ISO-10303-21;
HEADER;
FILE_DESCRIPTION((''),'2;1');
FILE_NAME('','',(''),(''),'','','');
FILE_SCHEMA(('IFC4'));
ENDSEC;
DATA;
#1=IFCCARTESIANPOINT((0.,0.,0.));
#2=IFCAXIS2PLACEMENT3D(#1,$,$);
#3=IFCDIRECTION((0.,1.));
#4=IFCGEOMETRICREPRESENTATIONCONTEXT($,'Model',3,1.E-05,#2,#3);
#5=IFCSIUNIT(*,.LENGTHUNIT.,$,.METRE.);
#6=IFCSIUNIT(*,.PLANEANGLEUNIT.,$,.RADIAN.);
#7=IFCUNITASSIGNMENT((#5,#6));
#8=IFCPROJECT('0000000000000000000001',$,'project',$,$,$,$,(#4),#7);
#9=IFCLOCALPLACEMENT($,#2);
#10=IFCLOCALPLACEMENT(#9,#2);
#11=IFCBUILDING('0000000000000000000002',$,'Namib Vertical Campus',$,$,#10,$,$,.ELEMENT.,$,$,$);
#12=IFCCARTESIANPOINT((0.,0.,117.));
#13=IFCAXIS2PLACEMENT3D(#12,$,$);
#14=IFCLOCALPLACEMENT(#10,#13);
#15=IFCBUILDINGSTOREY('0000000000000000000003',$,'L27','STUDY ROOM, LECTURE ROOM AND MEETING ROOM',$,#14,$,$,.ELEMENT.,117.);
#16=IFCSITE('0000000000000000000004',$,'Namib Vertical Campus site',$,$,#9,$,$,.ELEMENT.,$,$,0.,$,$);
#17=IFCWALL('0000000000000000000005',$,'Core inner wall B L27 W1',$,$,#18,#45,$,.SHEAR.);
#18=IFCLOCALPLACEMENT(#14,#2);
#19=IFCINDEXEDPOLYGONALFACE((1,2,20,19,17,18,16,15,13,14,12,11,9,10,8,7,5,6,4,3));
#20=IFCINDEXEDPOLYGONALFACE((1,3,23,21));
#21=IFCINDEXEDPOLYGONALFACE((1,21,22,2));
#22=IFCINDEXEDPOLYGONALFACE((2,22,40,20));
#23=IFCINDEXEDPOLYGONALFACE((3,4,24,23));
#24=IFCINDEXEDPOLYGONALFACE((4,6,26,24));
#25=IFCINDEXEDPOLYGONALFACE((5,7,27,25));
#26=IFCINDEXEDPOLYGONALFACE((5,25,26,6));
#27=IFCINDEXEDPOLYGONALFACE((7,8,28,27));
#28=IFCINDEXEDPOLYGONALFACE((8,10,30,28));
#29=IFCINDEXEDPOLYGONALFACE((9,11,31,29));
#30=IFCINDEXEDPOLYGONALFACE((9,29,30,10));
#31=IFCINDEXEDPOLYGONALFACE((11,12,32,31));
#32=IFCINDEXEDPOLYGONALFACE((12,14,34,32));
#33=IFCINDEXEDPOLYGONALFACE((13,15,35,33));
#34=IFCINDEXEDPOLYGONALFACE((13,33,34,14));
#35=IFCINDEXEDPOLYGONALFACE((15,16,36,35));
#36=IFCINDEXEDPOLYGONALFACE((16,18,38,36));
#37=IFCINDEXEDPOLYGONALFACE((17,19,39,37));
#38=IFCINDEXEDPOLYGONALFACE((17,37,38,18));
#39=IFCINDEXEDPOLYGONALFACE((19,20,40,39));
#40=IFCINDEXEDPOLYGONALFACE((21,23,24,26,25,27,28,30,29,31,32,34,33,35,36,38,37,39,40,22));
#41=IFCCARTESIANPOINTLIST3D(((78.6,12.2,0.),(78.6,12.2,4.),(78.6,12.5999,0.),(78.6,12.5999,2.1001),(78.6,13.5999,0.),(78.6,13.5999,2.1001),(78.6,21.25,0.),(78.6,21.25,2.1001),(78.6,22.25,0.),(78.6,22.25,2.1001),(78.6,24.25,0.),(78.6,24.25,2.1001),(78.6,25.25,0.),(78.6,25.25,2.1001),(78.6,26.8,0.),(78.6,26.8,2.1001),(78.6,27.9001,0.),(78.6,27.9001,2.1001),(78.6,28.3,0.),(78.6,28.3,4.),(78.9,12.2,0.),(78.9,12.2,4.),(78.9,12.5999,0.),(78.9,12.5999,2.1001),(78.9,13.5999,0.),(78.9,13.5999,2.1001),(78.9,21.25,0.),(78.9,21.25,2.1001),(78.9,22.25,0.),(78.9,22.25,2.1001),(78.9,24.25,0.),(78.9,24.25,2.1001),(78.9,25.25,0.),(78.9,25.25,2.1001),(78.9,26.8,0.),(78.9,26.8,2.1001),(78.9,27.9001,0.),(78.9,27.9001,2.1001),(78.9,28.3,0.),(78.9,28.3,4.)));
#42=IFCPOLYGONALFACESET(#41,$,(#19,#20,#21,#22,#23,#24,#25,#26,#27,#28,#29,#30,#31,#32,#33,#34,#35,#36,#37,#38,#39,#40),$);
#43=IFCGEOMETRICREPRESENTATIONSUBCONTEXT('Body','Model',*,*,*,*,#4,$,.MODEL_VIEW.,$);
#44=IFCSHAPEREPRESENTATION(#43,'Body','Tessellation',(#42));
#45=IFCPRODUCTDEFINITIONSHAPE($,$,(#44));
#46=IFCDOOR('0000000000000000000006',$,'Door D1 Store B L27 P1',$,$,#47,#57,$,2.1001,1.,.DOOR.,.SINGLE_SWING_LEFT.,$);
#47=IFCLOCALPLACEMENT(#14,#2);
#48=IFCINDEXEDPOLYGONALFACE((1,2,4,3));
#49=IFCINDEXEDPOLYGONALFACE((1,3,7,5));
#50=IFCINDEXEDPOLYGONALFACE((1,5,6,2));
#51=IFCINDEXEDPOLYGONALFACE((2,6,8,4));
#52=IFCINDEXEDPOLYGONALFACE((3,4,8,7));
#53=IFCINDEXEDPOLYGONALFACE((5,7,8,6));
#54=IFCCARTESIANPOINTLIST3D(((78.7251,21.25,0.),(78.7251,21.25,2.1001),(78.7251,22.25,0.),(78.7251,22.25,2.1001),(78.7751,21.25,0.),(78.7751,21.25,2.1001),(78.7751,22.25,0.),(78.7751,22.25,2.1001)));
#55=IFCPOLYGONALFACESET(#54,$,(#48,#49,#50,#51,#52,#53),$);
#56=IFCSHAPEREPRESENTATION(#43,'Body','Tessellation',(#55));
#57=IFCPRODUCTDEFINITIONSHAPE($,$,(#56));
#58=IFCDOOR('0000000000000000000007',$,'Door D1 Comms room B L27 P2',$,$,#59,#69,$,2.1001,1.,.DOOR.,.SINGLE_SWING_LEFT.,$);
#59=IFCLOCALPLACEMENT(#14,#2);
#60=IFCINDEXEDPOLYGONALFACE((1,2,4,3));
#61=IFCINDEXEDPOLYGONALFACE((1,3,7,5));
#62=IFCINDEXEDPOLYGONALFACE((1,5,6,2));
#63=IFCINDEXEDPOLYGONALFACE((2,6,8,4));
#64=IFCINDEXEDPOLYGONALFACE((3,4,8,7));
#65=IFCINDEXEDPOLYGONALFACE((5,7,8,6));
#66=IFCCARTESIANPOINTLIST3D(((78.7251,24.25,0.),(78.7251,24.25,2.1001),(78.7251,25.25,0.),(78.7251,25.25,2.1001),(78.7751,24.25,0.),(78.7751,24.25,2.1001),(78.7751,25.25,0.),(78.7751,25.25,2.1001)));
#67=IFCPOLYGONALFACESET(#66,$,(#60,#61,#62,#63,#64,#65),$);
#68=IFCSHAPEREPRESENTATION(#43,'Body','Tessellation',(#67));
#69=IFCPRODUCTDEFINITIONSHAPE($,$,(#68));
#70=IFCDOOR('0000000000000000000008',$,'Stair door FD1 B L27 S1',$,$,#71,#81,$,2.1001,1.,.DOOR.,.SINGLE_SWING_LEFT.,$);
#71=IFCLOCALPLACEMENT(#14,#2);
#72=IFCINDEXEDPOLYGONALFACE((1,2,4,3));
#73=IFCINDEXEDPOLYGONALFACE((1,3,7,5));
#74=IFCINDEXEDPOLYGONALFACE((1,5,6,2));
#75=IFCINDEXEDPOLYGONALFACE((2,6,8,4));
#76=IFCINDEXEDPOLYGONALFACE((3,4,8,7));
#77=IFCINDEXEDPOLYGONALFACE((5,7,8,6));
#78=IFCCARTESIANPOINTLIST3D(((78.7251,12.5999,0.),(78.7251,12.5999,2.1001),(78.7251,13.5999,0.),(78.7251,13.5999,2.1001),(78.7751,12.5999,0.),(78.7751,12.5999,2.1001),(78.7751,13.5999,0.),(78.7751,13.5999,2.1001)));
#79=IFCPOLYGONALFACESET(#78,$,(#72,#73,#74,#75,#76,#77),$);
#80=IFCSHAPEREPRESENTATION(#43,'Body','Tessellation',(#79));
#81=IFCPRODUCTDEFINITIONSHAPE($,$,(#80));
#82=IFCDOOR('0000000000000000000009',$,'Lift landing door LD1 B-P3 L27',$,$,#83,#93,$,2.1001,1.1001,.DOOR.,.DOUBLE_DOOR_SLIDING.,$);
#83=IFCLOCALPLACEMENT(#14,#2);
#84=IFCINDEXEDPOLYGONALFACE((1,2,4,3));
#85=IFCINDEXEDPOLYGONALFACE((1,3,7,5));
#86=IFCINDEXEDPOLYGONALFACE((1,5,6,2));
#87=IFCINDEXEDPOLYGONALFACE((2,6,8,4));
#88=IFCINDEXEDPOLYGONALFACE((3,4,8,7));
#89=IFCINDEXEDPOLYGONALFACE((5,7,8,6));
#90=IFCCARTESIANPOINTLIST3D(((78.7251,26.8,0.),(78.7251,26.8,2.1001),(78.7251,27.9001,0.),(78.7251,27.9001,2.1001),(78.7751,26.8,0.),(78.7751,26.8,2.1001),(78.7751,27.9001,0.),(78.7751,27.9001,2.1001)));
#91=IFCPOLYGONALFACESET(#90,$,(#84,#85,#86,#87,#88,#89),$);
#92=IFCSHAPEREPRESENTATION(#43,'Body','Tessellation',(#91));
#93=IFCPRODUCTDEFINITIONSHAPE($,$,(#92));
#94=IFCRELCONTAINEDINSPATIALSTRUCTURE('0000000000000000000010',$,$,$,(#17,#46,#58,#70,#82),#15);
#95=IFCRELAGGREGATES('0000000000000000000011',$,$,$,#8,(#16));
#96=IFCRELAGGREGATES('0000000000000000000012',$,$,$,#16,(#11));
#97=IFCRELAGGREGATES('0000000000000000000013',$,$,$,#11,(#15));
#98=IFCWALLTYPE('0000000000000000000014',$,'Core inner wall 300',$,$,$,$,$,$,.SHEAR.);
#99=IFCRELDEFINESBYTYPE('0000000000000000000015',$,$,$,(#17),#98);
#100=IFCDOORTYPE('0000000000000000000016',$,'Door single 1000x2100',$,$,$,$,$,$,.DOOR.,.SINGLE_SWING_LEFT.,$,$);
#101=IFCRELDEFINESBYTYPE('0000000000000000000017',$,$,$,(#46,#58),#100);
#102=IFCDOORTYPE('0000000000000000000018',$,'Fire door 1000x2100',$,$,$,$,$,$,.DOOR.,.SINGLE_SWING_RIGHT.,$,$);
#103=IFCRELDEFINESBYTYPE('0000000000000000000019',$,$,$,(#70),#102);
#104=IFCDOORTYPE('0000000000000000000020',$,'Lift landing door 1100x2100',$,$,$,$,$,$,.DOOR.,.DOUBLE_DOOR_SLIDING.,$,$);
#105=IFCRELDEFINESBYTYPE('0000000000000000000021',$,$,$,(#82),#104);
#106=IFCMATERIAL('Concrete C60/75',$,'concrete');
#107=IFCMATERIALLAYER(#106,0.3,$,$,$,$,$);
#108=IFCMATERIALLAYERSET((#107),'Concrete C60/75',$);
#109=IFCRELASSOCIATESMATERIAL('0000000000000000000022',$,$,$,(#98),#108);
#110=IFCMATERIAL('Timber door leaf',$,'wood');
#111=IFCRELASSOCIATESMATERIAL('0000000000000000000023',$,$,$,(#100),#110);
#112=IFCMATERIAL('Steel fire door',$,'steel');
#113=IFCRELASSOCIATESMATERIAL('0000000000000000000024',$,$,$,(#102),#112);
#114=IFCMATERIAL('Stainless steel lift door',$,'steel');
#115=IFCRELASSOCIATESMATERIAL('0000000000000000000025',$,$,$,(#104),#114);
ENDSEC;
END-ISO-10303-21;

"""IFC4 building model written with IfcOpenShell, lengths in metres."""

from ifc_helpers import new_model, si_unit, direction, frame, frame_2d, origin, place, context, subcontext, project, spatial, rectangle, extrude, material, layer, layer_set, type_object, element, fill, save


model = new_model("IFC4")

# Units and contexts
model_context = context("Model", 3, precision=1e-05, world=origin(), true_north=direction((0.0, 1.0)))
body_context = subcontext(model_context, "Body", "Model", "MODEL_VIEW")
ifc_project = project(units=[si_unit("LENGTHUNIT", "METRE"), si_unit("PLANEANGLEUNIT", "RADIAN")], contexts=[model_context])

# Site, building, storey
site_placement = place(None, origin())
site = spatial("IfcSite", under=ifc_project, at=site_placement, Name="Namib Vertical Campus site", CompositionType="ELEMENT", RefElevation=0.0)
building_placement = place(site_placement, origin())
building = spatial("IfcBuilding", under=site, at=building_placement, Name="Namib Vertical Campus", CompositionType="ELEMENT")
storey_placement = place(building_placement, frame((0.0, 0.0, 117.0)))
storey = spatial("IfcBuildingStorey", under=building, at=storey_placement, Name="L27", Description="STUDY ROOM, LECTURE ROOM AND MEETING ROOM", CompositionType="ELEMENT", Elevation=117.0)

# Wall, openings, doors
ifc_material_1 = material(Name="Concrete C60/75", Category="concrete")
ifc_layer_1 = layer(ifc_material_1, 0.3)
ifc_layer_set_1 = layer_set([ifc_layer_1], Name="Concrete C60/75")
wall_type_1 = type_object("IfcWallType", Name="Core inner wall 300", PredefinedType="SHEAR", material=ifc_layer_set_1)
wall_1_placement = place(storey_placement, frame((78.75, 12.2, 0.0), z_axis=(0.0, 0.0, 1.0), x_axis=(0.0, 1.0, 0.0)))
wall_1 = element("IfcWall", 1, at=wall_1_placement, inside=storey, type_object=wall_type_1, Name="Core inner wall B L27 W1", PredefinedType="SHEAR", context=body_context, shape_type="SweptSolid", body=[
    extrude(rectangle(XDim=16.1001, YDim=0.3, at=frame_2d((8.05, 0.0))), origin(), (0.0, 0.0, 1.0), 4.0),
])
opening_1_placement = place(wall_1_placement, frame((0.3999, 0.0, 0.0)))
opening_1 = element("IfcOpeningElement", 2, at=opening_1_placement, cuts=wall_1, PredefinedType="OPENING", context=body_context, shape_type="SweptSolid", body=[
    extrude(rectangle(XDim=1.0, YDim=2.1001, at=frame_2d((0.5, 1.05))), frame((0.0, 0.1599, 0.0), z_axis=(0.0, -1.0, 0.0), x_axis=(1.0, 0.0, 0.0)), (0.0, 0.0, 1.0), 0.3201),
])
opening_2_placement = place(wall_1_placement, frame((14.6001, 0.0, 0.0)))
opening_2 = element("IfcOpeningElement", 3, at=opening_2_placement, cuts=wall_1, PredefinedType="OPENING", context=body_context, shape_type="SweptSolid", body=[
    extrude(rectangle(XDim=1.1001, YDim=2.1001, at=frame_2d((0.55, 1.05))), frame((0.0, 0.1599, 0.0), z_axis=(0.0, -1.0, 0.0), x_axis=(1.0, 0.0, 0.0)), (0.0, 0.0, 1.0), 0.3201),
])
opening_3_placement = place(wall_1_placement, frame((9.05, 0.0, 0.0)))
opening_3 = element("IfcOpeningElement", 4, at=opening_3_placement, cuts=wall_1, PredefinedType="OPENING", context=body_context, shape_type="SweptSolid", body=[
    extrude(rectangle(XDim=1.0, YDim=2.1001, at=frame_2d((0.5, 1.05))), frame((0.0, 0.1599, 0.0), z_axis=(0.0, -1.0, 0.0), x_axis=(1.0, 0.0, 0.0)), (0.0, 0.0, 1.0), 0.3201),
])
opening_4_placement = place(wall_1_placement, frame((12.05, 0.0, 0.0)))
opening_4 = element("IfcOpeningElement", 5, at=opening_4_placement, cuts=wall_1, PredefinedType="OPENING", context=body_context, shape_type="SweptSolid", body=[
    extrude(rectangle(XDim=1.0, YDim=2.1001, at=frame_2d((0.5, 1.05))), frame((0.0, 0.1599, 0.0), z_axis=(0.0, -1.0, 0.0), x_axis=(1.0, 0.0, 0.0)), (0.0, 0.0, 1.0), 0.3201),
])
ifc_material_2 = material(Name="Timber door leaf", Category="wood")
door_type_1 = type_object("IfcDoorType", Name="Door single 1000x2100", OperationType="SINGLE_SWING_LEFT", PredefinedType="DOOR", material=ifc_material_2)
door_1_placement = place(opening_3_placement, origin())
door_1 = element("IfcDoor", 6, at=door_1_placement, inside=storey, type_object=door_type_1, Name="Door D1 Store B L27 P1", OperationType="SINGLE_SWING_LEFT", OverallHeight=2.1001, OverallWidth=1.0, PredefinedType="DOOR", context=body_context, shape_type="SweptSolid", body=[
    extrude(rectangle(XDim=1.0, YDim=2.1001, at=frame_2d((0.5, 1.05))), frame((0.0, 0.0249, 0.0), z_axis=(0.0, -1.0, 0.0), x_axis=(1.0, 0.0, 0.0)), (0.0, 0.0, 1.0), 0.05),
])
fill(opening_3, door_1)
door_2_placement = place(opening_4_placement, origin())
door_2 = element("IfcDoor", 7, at=door_2_placement, inside=storey, type_object=door_type_1, Name="Door D1 Comms room B L27 P2", OperationType="SINGLE_SWING_LEFT", OverallHeight=2.1001, OverallWidth=1.0, PredefinedType="DOOR", context=body_context, shape_type="SweptSolid", body=[
    extrude(rectangle(XDim=1.0, YDim=2.1001, at=frame_2d((0.5, 1.05))), frame((0.0, 0.0249, 0.0), z_axis=(0.0, -1.0, 0.0), x_axis=(1.0, 0.0, 0.0)), (0.0, 0.0, 1.0), 0.05),
])
fill(opening_4, door_2)
ifc_material_3 = material(Name="Steel fire door", Category="steel")
door_type_2 = type_object("IfcDoorType", Name="Fire door 1000x2100", OperationType="SINGLE_SWING_RIGHT", PredefinedType="DOOR", material=ifc_material_3)
door_3_placement = place(opening_1_placement, origin())
door_3 = element("IfcDoor", 8, at=door_3_placement, inside=storey, type_object=door_type_2, Name="Stair door FD1 B L27 S1", OperationType="SINGLE_SWING_LEFT", OverallHeight=2.1001, OverallWidth=1.0, PredefinedType="DOOR", context=body_context, shape_type="SweptSolid", body=[
    extrude(rectangle(XDim=1.0, YDim=2.1001, at=frame_2d((0.5, 1.05))), frame((0.0, 0.0249, 0.0), z_axis=(0.0, -1.0, 0.0), x_axis=(1.0, 0.0, 0.0)), (0.0, 0.0, 1.0), 0.05),
])
fill(opening_1, door_3)
ifc_material_4 = material(Name="Stainless steel lift door", Category="steel")
door_type_3 = type_object("IfcDoorType", Name="Lift landing door 1100x2100", OperationType="DOUBLE_DOOR_SLIDING", PredefinedType="DOOR", material=ifc_material_4)
door_4_placement = place(opening_2_placement, origin())
door_4 = element("IfcDoor", 9, at=door_4_placement, inside=storey, type_object=door_type_3, Name="Lift landing door LD1 B-P3 L27", OperationType="DOUBLE_DOOR_SLIDING", OverallHeight=2.1001, OverallWidth=1.1001, PredefinedType="DOOR", context=body_context, shape_type="SweptSolid", body=[
    extrude(rectangle(XDim=1.1001, YDim=2.1001, at=frame_2d((0.55, 1.05))), frame((0.0, 0.0249, 0.0), z_axis=(0.0, -1.0, 0.0), x_axis=(1.0, 0.0, 0.0)), (0.0, 0.0, 1.0), 0.05),
])
fill(opening_2, door_4)

save(model, "model.ifc")
